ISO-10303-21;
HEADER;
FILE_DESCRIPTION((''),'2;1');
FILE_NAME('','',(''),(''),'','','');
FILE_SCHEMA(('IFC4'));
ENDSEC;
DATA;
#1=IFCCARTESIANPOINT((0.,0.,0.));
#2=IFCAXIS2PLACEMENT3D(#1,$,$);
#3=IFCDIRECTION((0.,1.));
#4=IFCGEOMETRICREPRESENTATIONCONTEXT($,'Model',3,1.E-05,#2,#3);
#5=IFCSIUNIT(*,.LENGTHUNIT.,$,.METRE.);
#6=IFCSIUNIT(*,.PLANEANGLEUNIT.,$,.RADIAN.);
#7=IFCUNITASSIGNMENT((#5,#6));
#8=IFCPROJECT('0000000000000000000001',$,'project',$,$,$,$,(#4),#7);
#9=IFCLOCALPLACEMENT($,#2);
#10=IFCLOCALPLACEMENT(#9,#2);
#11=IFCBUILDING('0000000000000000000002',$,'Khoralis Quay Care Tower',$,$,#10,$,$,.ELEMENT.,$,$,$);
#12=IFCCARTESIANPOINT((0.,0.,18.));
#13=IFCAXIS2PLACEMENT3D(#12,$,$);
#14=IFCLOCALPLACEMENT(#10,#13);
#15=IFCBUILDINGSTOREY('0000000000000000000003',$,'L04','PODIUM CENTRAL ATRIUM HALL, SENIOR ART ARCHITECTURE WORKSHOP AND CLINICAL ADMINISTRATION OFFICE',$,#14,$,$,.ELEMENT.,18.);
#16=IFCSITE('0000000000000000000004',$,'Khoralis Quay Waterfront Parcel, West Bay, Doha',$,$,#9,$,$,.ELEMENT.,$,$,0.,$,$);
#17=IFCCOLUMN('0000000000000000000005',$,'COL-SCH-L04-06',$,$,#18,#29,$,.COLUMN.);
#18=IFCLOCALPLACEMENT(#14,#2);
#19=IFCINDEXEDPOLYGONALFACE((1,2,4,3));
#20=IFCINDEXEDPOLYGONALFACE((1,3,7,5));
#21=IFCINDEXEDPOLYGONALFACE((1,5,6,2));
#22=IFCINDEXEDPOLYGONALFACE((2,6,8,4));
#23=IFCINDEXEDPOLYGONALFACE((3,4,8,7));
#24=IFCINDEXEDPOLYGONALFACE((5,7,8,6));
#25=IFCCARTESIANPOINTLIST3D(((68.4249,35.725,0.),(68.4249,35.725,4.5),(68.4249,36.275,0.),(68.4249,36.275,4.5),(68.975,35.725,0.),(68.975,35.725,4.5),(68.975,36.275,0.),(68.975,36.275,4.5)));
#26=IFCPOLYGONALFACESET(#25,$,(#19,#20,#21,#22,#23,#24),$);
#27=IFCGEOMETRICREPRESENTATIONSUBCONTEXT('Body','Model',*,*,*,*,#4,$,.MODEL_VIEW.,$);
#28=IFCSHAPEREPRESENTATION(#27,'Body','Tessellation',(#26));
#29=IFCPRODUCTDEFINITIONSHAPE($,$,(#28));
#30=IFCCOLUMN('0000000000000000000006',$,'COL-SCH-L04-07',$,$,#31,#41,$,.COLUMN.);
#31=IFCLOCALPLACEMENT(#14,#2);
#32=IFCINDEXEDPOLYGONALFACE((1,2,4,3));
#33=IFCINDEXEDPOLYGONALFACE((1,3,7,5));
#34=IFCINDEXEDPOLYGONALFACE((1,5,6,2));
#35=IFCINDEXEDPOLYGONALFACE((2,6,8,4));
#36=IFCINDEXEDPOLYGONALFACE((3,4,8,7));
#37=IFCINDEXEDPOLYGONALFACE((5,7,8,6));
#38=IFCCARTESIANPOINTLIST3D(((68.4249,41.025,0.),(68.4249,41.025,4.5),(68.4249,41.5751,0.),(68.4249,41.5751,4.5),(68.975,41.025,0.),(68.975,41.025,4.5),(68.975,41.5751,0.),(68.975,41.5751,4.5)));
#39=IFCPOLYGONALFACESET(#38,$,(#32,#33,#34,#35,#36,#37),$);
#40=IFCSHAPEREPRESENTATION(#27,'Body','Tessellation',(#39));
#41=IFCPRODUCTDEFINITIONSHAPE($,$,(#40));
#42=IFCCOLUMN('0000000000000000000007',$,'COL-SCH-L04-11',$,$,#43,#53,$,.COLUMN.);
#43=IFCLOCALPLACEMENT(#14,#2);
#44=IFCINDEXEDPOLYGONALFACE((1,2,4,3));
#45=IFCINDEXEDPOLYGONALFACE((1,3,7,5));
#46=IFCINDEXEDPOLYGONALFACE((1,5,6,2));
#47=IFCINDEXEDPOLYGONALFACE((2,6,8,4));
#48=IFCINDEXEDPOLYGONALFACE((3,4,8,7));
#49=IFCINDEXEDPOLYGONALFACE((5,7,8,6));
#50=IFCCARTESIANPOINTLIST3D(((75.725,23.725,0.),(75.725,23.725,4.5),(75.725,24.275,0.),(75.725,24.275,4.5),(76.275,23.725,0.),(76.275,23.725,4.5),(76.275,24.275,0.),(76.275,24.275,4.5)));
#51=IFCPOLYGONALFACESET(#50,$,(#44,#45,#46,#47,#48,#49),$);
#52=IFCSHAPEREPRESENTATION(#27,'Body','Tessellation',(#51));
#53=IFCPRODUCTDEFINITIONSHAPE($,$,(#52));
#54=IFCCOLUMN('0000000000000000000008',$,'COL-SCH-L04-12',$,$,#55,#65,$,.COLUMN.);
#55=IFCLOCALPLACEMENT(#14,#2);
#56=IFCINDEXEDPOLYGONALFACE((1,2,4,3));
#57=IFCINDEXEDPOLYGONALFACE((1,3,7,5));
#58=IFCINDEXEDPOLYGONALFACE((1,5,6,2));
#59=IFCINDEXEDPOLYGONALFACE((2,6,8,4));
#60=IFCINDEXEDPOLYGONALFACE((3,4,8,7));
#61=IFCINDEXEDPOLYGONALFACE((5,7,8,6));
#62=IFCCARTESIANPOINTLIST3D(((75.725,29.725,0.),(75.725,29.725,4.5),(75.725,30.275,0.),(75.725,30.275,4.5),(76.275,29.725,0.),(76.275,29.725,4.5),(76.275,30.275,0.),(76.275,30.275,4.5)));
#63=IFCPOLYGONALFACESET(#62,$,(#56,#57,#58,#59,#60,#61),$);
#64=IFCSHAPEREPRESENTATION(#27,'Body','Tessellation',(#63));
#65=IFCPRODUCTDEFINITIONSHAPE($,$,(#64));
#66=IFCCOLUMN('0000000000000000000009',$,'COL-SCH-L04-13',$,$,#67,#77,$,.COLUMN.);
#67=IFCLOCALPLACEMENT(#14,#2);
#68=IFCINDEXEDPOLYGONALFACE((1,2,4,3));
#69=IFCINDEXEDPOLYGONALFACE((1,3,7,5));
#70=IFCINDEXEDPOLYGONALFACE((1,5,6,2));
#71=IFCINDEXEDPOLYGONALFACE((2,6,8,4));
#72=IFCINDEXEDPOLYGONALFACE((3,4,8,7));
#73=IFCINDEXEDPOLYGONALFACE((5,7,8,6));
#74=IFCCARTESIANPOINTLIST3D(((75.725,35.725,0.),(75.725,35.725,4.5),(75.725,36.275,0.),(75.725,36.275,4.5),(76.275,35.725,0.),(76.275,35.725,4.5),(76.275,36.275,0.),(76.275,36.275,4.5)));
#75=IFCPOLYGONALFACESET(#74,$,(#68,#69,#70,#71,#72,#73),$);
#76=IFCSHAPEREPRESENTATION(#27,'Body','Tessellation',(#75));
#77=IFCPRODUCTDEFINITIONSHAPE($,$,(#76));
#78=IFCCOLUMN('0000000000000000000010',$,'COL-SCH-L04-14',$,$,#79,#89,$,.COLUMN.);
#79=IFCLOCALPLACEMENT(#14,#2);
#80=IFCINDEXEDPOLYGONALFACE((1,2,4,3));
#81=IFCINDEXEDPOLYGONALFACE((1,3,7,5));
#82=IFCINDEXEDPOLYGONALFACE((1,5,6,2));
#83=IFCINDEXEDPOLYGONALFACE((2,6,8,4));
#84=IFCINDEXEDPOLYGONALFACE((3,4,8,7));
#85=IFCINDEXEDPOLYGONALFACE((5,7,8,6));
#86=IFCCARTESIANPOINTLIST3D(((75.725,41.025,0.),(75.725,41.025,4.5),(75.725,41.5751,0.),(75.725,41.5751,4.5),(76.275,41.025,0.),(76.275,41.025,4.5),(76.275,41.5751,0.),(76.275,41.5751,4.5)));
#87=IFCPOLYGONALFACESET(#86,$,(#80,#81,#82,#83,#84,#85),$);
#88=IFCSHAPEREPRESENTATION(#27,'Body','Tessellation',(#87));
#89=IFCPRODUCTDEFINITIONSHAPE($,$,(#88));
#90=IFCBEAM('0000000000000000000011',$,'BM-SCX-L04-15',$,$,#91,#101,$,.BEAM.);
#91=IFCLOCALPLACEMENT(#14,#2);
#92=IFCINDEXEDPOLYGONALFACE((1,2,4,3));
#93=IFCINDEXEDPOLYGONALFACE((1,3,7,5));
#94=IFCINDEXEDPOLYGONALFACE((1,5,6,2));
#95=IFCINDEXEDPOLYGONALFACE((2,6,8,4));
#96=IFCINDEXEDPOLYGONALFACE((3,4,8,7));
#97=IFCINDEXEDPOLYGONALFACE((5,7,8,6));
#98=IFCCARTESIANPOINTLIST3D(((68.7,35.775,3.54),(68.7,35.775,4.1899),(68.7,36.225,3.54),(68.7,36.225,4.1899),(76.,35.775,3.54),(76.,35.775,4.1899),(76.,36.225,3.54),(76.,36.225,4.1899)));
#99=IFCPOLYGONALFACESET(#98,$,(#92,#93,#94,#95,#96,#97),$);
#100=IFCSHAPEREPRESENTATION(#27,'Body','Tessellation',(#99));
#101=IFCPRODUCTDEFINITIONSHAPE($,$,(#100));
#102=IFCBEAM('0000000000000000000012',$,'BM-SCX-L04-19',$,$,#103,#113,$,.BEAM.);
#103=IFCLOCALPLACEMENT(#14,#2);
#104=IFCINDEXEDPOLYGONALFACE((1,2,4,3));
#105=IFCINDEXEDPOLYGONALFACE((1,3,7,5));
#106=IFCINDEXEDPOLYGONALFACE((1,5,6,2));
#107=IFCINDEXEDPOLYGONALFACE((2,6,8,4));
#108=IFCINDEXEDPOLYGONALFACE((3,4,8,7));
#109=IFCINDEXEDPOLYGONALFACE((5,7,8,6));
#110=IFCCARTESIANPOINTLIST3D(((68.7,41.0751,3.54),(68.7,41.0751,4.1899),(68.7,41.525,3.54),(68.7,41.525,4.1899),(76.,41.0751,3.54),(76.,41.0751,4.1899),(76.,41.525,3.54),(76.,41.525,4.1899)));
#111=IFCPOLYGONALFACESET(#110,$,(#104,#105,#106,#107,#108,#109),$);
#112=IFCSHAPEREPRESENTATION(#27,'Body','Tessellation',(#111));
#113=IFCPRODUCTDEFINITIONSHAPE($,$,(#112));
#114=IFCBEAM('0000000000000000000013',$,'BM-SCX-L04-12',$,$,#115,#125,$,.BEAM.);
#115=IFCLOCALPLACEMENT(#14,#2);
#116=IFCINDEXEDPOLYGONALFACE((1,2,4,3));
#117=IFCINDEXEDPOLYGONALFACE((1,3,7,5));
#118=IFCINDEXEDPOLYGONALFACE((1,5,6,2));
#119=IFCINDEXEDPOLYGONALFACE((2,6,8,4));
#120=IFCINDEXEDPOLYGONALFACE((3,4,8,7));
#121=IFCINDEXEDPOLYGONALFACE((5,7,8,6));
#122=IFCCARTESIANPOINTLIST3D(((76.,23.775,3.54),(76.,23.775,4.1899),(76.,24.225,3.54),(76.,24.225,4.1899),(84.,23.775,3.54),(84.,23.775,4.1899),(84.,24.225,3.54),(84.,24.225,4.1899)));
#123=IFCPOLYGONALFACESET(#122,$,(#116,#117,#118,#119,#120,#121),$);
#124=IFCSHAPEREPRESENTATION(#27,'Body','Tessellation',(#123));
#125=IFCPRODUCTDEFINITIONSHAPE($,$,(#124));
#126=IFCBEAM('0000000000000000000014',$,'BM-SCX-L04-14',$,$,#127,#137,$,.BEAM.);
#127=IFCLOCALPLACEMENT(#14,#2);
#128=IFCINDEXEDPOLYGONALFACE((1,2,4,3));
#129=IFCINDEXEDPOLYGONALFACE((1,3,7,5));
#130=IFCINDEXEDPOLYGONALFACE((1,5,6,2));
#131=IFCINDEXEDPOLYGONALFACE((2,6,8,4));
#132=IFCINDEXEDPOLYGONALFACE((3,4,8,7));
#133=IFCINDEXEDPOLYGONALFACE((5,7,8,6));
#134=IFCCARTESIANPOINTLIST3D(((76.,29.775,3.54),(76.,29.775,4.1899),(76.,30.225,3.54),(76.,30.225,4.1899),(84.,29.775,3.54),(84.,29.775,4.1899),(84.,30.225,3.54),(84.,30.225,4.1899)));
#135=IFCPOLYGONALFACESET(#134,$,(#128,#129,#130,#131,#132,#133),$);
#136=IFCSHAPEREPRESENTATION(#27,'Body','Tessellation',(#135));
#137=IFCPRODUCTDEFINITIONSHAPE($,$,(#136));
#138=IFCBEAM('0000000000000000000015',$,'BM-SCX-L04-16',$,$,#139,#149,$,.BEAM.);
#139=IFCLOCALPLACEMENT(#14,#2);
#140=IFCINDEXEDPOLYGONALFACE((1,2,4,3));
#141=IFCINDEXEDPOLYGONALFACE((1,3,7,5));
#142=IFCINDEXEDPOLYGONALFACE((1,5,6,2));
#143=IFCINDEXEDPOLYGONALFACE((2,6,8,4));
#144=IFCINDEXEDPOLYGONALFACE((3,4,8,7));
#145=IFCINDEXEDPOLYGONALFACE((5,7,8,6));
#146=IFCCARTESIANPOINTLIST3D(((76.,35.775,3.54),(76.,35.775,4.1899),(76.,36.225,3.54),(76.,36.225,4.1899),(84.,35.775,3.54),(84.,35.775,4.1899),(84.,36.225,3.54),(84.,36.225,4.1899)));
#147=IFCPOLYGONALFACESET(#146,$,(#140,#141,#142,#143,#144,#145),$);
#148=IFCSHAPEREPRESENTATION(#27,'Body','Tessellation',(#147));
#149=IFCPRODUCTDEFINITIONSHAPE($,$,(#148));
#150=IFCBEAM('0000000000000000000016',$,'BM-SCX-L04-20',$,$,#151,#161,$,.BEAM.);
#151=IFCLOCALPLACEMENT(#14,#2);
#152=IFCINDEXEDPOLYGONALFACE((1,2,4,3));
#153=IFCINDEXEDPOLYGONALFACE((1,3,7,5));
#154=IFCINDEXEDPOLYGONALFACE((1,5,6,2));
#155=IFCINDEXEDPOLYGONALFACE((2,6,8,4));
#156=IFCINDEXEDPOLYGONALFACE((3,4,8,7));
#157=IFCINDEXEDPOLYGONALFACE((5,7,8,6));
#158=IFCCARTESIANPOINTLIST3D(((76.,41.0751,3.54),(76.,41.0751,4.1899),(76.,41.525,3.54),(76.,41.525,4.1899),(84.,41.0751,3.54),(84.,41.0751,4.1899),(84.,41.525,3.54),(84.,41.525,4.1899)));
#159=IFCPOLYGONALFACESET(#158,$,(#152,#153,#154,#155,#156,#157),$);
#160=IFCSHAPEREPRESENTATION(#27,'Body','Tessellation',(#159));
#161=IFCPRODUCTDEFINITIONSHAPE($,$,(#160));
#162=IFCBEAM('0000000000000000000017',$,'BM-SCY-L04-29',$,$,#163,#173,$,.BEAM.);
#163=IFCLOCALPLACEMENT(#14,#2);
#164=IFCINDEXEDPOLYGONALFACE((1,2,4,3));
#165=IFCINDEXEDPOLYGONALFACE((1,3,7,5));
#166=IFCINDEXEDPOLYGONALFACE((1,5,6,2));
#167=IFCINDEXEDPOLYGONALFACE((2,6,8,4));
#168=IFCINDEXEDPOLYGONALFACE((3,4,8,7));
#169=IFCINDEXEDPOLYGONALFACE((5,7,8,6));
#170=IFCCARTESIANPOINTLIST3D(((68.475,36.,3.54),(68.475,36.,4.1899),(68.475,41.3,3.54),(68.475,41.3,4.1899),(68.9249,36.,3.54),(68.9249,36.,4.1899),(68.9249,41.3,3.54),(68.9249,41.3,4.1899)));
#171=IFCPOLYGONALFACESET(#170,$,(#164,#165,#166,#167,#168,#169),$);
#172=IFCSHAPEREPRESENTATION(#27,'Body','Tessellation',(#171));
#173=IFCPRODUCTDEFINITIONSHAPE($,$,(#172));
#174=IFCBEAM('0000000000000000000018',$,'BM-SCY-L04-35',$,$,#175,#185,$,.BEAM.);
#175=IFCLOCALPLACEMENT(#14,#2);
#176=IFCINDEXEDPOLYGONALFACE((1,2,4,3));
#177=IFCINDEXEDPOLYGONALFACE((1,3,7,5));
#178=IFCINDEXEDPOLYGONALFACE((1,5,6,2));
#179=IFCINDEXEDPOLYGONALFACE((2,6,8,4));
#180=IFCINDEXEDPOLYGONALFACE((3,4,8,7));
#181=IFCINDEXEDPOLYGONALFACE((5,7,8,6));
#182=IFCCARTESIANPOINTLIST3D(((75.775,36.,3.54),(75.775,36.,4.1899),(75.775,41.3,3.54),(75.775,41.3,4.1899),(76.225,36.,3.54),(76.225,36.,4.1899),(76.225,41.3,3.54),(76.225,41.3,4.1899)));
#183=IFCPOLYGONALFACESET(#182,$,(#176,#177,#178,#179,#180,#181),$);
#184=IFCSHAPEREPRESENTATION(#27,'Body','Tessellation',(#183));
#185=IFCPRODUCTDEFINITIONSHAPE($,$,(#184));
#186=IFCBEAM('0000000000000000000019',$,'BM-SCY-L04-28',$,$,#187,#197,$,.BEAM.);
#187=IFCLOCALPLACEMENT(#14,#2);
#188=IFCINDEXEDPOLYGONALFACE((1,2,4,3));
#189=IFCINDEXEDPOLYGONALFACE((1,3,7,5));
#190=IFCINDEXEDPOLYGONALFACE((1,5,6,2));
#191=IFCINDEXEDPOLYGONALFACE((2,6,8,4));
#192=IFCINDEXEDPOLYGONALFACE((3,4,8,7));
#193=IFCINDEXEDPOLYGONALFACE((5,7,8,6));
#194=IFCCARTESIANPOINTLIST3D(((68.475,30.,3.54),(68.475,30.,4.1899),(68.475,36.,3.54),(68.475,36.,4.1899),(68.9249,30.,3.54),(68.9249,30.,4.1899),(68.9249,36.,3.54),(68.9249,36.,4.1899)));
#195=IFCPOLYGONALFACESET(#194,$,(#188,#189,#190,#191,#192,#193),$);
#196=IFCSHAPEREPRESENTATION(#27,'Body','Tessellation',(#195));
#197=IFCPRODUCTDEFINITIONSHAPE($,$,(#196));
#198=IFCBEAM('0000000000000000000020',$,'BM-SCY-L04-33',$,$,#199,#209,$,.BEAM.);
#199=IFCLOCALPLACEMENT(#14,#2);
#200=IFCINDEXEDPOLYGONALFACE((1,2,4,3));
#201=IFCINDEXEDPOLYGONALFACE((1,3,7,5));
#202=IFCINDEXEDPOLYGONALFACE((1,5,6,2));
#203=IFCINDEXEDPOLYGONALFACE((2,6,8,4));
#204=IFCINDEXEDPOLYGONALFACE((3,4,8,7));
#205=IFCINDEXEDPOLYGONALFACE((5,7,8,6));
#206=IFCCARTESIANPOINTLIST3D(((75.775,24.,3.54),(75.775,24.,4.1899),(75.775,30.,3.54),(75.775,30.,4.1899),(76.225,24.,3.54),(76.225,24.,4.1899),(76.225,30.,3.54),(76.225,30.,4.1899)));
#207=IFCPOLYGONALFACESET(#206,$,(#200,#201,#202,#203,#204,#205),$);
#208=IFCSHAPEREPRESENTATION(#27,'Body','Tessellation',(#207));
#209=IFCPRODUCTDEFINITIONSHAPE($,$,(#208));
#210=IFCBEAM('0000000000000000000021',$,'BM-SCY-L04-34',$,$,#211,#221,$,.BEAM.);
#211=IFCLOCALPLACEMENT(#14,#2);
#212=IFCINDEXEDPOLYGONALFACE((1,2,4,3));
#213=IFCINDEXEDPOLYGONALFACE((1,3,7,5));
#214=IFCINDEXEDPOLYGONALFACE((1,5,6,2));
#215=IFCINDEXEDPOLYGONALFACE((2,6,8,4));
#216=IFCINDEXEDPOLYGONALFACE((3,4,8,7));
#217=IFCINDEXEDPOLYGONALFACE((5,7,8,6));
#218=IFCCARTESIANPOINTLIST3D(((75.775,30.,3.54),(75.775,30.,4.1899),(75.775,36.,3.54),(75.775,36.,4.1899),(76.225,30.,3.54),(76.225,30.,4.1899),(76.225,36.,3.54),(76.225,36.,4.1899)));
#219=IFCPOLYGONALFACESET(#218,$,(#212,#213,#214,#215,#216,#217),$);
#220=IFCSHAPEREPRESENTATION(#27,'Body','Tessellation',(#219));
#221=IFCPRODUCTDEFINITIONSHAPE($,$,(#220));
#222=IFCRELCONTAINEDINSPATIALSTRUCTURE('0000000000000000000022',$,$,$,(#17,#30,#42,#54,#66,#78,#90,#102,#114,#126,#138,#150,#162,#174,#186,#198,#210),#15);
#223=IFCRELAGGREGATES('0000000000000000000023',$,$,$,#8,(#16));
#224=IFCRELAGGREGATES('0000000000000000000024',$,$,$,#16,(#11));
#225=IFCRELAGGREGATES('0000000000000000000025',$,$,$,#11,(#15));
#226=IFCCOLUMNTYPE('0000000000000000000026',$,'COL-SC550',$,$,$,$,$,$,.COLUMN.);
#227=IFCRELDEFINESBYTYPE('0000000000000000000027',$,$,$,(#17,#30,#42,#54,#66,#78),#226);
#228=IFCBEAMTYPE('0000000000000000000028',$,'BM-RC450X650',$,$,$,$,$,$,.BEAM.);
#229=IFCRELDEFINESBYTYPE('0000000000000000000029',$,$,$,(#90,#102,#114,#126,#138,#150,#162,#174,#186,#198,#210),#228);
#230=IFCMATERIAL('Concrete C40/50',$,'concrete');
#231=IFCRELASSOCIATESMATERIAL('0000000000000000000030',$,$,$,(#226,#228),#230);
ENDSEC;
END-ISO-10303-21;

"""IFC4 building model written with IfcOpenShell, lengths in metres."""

from ifc_helpers import new_model, si_unit, direction, frame, origin, origin_2d, place, context, subcontext, project, spatial, rectangle, extrude, source, transform, mapped, material, material_profile, profile_set, type_object, element, save


model = new_model("IFC4")

# Units and contexts
model_context = context("Model", 3, precision=1e-05, world=origin(), true_north=direction((0.0, 1.0)))
body_context = subcontext(model_context, "Body", "Model", "MODEL_VIEW")
ifc_project = project(units=[si_unit("LENGTHUNIT", "METRE"), si_unit("PLANEANGLEUNIT", "RADIAN")], contexts=[model_context])

# Site, building, storey
site_placement = place(None, origin())
site = spatial("IfcSite", under=ifc_project, at=site_placement, Name="Khoralis Quay Waterfront Parcel, West Bay, Doha", CompositionType="ELEMENT", RefElevation=0.0)
building_placement = place(site_placement, origin())
building = spatial("IfcBuilding", under=site, at=building_placement, Name="Khoralis Quay Care Tower", CompositionType="ELEMENT")
storey_placement = place(building_placement, frame((0.0, 0.0, 18.0)))
storey = spatial("IfcBuildingStorey", under=building, at=storey_placement, Name="L04", Description="PODIUM CENTRAL ATRIUM HALL, SENIOR ART ARCHITECTURE WORKSHOP AND CLINICAL ADMINISTRATION OFFICE", CompositionType="ELEMENT", Elevation=18.0)

# Columns
ifc_material_1 = material(Name="Concrete C40/50", Category="concrete")
ifc_material_profile_1 = material_profile(ifc_material_1, rectangle(XDim=0.55, YDim=0.55, at=origin_2d()), Name="Concrete C40/50")
ifc_profile_set_1 = profile_set([ifc_material_profile_1], Name="Concrete C40/50")
column_type = type_object("IfcColumnType", Name="COL-SC550", PredefinedType="COLUMN", material=ifc_profile_set_1)
shared_shape_1 = source(origin(), body_context, "Body", "SweptSolid", [
    extrude(rectangle(XDim=0.55, YDim=0.55, at=origin_2d()), origin(), (0.0, 0.0, 1.0), 4.5),
])
for number, where, z_axis, x_axis, name in (
    (1, (68.7, 36.0, 0.0), (0.0, 0.0, 1.0), (1.0, 0.0, 0.0), "COL-SCH-L04-06"),
    (2, (68.7, 41.3, 0.0), (0.0, 0.0, 1.0), (1.0, 0.0, 0.0), "COL-SCH-L04-07"),
    (3, (76.0, 24.0, 0.0), (0.0, 0.0, 1.0), (1.0, 0.0, 0.0), "COL-SCH-L04-11"),
    (4, (76.0, 30.0, 0.0), (0.0, 0.0, 1.0), (1.0, 0.0, 0.0), "COL-SCH-L04-12"),
    (5, (76.0, 36.0, 0.0), (0.0, 0.0, 1.0), (1.0, 0.0, 0.0), "COL-SCH-L04-13"),
    (6, (76.0, 41.3, 0.0), (0.0, 0.0, 1.0), (1.0, 0.0, 0.0), "COL-SCH-L04-14"),
):
    element("IfcColumn", number, at=place(storey_placement, frame(where, z_axis=z_axis, x_axis=x_axis)), inside=storey, type_object=column_type, Name=name, PredefinedType="COLUMN", context=body_context, shape_type="MappedRepresentation", body=[
        mapped(shared_shape_1, transform((0.0, 0.0, 0.0), scale=1.0)),
    ])

# Beams
ifc_material_profile_2 = material_profile(ifc_material_1, rectangle(XDim=0.45, YDim=0.6499, at=origin_2d()), Name="Concrete C40/50")
ifc_profile_set_2 = profile_set([ifc_material_profile_2], Name="Concrete C40/50")
beam_type_1 = type_object("IfcBeamType", Name="BM-RC450X650", PredefinedType="BEAM", material=ifc_profile_set_2)
shared_shape_2 = source(origin(), body_context, "Body", "SweptSolid", [
    extrude(rectangle(XDim=0.45, YDim=0.6499, at=origin_2d()), origin(), (0.0, 0.0, 1.0), 7.3),
])
for number, where, z_axis, x_axis, name in (
    (7, (68.7, 36.0, 3.865), (1.0, 0.0, 0.0), (0.0, 1.0, 0.0), "BM-SCX-L04-15"),
    (8, (68.7, 41.3, 3.865), (1.0, 0.0, 0.0), (0.0, 1.0, 0.0), "BM-SCX-L04-19"),
):
    element("IfcBeam", number, at=place(storey_placement, frame(where, z_axis=z_axis, x_axis=x_axis)), inside=storey, type_object=beam_type_1, Name=name, PredefinedType="BEAM", context=body_context, shape_type="MappedRepresentation", body=[
        mapped(shared_shape_2, transform((0.0, 0.0, 0.0), scale=1.0)),
    ])
shared_shape_3 = source(origin(), body_context, "Body", "SweptSolid", [
    extrude(rectangle(XDim=0.45, YDim=0.6499, at=origin_2d()), origin(), (0.0, 0.0, 1.0), 8.0),
])
for number, where, z_axis, x_axis, name in (
    (9, (76.0, 24.0, 3.865), (1.0, 0.0, 0.0), (0.0, 1.0, 0.0), "BM-SCX-L04-12"),
    (10, (76.0, 30.0, 3.865), (1.0, 0.0, 0.0), (0.0, 1.0, 0.0), "BM-SCX-L04-14"),
    (11, (76.0, 36.0, 3.865), (1.0, 0.0, 0.0), (0.0, 1.0, 0.0), "BM-SCX-L04-16"),
    (12, (76.0, 41.3, 3.865), (1.0, 0.0, 0.0), (0.0, 1.0, 0.0), "BM-SCX-L04-20"),
):
    element("IfcBeam", number, at=place(storey_placement, frame(where, z_axis=z_axis, x_axis=x_axis)), inside=storey, type_object=beam_type_1, Name=name, PredefinedType="BEAM", context=body_context, shape_type="MappedRepresentation", body=[
        mapped(shared_shape_3, transform((0.0, 0.0, 0.0), scale=1.0)),
    ])
shared_shape_4 = source(origin(), body_context, "Body", "SweptSolid", [
    extrude(rectangle(XDim=0.45, YDim=0.6499, at=origin_2d()), origin(), (0.0, 0.0, 1.0), 5.3),
])
for number, where, z_axis, x_axis, name in (
    (13, (68.7, 36.0, 3.865), (0.0, 1.0, 0.0), (-1.0, 0.0, 0.0), "BM-SCY-L04-29"),
    (14, (76.0, 36.0, 3.865), (0.0, 1.0, 0.0), (-1.0, 0.0, 0.0), "BM-SCY-L04-35"),
):
    element("IfcBeam", number, at=place(storey_placement, frame(where, z_axis=z_axis, x_axis=x_axis)), inside=storey, type_object=beam_type_1, Name=name, PredefinedType="BEAM", context=body_context, shape_type="MappedRepresentation", body=[
        mapped(shared_shape_4, transform((0.0, 0.0, 0.0), scale=1.0)),
    ])
shared_shape_5 = source(origin(), body_context, "Body", "SweptSolid", [
    extrude(rectangle(XDim=0.45, YDim=0.6499, at=origin_2d()), origin(), (0.0, 0.0, 1.0), 6.0),
])
for number, where, z_axis, x_axis, name in (
    (15, (68.7, 30.0, 3.865), (0.0, 1.0, 0.0), (-1.0, 0.0, 0.0), "BM-SCY-L04-28"),
    (16, (76.0, 24.0, 3.865), (0.0, 1.0, 0.0), (-1.0, 0.0, 0.0), "BM-SCY-L04-33"),
    (17, (76.0, 30.0, 3.865), (0.0, 1.0, 0.0), (-1.0, 0.0, 0.0), "BM-SCY-L04-34"),
):
    element("IfcBeam", number, at=place(storey_placement, frame(where, z_axis=z_axis, x_axis=x_axis)), inside=storey, type_object=beam_type_1, Name=name, PredefinedType="BEAM", context=body_context, shape_type="MappedRepresentation", body=[
        mapped(shared_shape_5, transform((0.0, 0.0, 0.0), scale=1.0)),
    ])

save(model, "model.ifc")
